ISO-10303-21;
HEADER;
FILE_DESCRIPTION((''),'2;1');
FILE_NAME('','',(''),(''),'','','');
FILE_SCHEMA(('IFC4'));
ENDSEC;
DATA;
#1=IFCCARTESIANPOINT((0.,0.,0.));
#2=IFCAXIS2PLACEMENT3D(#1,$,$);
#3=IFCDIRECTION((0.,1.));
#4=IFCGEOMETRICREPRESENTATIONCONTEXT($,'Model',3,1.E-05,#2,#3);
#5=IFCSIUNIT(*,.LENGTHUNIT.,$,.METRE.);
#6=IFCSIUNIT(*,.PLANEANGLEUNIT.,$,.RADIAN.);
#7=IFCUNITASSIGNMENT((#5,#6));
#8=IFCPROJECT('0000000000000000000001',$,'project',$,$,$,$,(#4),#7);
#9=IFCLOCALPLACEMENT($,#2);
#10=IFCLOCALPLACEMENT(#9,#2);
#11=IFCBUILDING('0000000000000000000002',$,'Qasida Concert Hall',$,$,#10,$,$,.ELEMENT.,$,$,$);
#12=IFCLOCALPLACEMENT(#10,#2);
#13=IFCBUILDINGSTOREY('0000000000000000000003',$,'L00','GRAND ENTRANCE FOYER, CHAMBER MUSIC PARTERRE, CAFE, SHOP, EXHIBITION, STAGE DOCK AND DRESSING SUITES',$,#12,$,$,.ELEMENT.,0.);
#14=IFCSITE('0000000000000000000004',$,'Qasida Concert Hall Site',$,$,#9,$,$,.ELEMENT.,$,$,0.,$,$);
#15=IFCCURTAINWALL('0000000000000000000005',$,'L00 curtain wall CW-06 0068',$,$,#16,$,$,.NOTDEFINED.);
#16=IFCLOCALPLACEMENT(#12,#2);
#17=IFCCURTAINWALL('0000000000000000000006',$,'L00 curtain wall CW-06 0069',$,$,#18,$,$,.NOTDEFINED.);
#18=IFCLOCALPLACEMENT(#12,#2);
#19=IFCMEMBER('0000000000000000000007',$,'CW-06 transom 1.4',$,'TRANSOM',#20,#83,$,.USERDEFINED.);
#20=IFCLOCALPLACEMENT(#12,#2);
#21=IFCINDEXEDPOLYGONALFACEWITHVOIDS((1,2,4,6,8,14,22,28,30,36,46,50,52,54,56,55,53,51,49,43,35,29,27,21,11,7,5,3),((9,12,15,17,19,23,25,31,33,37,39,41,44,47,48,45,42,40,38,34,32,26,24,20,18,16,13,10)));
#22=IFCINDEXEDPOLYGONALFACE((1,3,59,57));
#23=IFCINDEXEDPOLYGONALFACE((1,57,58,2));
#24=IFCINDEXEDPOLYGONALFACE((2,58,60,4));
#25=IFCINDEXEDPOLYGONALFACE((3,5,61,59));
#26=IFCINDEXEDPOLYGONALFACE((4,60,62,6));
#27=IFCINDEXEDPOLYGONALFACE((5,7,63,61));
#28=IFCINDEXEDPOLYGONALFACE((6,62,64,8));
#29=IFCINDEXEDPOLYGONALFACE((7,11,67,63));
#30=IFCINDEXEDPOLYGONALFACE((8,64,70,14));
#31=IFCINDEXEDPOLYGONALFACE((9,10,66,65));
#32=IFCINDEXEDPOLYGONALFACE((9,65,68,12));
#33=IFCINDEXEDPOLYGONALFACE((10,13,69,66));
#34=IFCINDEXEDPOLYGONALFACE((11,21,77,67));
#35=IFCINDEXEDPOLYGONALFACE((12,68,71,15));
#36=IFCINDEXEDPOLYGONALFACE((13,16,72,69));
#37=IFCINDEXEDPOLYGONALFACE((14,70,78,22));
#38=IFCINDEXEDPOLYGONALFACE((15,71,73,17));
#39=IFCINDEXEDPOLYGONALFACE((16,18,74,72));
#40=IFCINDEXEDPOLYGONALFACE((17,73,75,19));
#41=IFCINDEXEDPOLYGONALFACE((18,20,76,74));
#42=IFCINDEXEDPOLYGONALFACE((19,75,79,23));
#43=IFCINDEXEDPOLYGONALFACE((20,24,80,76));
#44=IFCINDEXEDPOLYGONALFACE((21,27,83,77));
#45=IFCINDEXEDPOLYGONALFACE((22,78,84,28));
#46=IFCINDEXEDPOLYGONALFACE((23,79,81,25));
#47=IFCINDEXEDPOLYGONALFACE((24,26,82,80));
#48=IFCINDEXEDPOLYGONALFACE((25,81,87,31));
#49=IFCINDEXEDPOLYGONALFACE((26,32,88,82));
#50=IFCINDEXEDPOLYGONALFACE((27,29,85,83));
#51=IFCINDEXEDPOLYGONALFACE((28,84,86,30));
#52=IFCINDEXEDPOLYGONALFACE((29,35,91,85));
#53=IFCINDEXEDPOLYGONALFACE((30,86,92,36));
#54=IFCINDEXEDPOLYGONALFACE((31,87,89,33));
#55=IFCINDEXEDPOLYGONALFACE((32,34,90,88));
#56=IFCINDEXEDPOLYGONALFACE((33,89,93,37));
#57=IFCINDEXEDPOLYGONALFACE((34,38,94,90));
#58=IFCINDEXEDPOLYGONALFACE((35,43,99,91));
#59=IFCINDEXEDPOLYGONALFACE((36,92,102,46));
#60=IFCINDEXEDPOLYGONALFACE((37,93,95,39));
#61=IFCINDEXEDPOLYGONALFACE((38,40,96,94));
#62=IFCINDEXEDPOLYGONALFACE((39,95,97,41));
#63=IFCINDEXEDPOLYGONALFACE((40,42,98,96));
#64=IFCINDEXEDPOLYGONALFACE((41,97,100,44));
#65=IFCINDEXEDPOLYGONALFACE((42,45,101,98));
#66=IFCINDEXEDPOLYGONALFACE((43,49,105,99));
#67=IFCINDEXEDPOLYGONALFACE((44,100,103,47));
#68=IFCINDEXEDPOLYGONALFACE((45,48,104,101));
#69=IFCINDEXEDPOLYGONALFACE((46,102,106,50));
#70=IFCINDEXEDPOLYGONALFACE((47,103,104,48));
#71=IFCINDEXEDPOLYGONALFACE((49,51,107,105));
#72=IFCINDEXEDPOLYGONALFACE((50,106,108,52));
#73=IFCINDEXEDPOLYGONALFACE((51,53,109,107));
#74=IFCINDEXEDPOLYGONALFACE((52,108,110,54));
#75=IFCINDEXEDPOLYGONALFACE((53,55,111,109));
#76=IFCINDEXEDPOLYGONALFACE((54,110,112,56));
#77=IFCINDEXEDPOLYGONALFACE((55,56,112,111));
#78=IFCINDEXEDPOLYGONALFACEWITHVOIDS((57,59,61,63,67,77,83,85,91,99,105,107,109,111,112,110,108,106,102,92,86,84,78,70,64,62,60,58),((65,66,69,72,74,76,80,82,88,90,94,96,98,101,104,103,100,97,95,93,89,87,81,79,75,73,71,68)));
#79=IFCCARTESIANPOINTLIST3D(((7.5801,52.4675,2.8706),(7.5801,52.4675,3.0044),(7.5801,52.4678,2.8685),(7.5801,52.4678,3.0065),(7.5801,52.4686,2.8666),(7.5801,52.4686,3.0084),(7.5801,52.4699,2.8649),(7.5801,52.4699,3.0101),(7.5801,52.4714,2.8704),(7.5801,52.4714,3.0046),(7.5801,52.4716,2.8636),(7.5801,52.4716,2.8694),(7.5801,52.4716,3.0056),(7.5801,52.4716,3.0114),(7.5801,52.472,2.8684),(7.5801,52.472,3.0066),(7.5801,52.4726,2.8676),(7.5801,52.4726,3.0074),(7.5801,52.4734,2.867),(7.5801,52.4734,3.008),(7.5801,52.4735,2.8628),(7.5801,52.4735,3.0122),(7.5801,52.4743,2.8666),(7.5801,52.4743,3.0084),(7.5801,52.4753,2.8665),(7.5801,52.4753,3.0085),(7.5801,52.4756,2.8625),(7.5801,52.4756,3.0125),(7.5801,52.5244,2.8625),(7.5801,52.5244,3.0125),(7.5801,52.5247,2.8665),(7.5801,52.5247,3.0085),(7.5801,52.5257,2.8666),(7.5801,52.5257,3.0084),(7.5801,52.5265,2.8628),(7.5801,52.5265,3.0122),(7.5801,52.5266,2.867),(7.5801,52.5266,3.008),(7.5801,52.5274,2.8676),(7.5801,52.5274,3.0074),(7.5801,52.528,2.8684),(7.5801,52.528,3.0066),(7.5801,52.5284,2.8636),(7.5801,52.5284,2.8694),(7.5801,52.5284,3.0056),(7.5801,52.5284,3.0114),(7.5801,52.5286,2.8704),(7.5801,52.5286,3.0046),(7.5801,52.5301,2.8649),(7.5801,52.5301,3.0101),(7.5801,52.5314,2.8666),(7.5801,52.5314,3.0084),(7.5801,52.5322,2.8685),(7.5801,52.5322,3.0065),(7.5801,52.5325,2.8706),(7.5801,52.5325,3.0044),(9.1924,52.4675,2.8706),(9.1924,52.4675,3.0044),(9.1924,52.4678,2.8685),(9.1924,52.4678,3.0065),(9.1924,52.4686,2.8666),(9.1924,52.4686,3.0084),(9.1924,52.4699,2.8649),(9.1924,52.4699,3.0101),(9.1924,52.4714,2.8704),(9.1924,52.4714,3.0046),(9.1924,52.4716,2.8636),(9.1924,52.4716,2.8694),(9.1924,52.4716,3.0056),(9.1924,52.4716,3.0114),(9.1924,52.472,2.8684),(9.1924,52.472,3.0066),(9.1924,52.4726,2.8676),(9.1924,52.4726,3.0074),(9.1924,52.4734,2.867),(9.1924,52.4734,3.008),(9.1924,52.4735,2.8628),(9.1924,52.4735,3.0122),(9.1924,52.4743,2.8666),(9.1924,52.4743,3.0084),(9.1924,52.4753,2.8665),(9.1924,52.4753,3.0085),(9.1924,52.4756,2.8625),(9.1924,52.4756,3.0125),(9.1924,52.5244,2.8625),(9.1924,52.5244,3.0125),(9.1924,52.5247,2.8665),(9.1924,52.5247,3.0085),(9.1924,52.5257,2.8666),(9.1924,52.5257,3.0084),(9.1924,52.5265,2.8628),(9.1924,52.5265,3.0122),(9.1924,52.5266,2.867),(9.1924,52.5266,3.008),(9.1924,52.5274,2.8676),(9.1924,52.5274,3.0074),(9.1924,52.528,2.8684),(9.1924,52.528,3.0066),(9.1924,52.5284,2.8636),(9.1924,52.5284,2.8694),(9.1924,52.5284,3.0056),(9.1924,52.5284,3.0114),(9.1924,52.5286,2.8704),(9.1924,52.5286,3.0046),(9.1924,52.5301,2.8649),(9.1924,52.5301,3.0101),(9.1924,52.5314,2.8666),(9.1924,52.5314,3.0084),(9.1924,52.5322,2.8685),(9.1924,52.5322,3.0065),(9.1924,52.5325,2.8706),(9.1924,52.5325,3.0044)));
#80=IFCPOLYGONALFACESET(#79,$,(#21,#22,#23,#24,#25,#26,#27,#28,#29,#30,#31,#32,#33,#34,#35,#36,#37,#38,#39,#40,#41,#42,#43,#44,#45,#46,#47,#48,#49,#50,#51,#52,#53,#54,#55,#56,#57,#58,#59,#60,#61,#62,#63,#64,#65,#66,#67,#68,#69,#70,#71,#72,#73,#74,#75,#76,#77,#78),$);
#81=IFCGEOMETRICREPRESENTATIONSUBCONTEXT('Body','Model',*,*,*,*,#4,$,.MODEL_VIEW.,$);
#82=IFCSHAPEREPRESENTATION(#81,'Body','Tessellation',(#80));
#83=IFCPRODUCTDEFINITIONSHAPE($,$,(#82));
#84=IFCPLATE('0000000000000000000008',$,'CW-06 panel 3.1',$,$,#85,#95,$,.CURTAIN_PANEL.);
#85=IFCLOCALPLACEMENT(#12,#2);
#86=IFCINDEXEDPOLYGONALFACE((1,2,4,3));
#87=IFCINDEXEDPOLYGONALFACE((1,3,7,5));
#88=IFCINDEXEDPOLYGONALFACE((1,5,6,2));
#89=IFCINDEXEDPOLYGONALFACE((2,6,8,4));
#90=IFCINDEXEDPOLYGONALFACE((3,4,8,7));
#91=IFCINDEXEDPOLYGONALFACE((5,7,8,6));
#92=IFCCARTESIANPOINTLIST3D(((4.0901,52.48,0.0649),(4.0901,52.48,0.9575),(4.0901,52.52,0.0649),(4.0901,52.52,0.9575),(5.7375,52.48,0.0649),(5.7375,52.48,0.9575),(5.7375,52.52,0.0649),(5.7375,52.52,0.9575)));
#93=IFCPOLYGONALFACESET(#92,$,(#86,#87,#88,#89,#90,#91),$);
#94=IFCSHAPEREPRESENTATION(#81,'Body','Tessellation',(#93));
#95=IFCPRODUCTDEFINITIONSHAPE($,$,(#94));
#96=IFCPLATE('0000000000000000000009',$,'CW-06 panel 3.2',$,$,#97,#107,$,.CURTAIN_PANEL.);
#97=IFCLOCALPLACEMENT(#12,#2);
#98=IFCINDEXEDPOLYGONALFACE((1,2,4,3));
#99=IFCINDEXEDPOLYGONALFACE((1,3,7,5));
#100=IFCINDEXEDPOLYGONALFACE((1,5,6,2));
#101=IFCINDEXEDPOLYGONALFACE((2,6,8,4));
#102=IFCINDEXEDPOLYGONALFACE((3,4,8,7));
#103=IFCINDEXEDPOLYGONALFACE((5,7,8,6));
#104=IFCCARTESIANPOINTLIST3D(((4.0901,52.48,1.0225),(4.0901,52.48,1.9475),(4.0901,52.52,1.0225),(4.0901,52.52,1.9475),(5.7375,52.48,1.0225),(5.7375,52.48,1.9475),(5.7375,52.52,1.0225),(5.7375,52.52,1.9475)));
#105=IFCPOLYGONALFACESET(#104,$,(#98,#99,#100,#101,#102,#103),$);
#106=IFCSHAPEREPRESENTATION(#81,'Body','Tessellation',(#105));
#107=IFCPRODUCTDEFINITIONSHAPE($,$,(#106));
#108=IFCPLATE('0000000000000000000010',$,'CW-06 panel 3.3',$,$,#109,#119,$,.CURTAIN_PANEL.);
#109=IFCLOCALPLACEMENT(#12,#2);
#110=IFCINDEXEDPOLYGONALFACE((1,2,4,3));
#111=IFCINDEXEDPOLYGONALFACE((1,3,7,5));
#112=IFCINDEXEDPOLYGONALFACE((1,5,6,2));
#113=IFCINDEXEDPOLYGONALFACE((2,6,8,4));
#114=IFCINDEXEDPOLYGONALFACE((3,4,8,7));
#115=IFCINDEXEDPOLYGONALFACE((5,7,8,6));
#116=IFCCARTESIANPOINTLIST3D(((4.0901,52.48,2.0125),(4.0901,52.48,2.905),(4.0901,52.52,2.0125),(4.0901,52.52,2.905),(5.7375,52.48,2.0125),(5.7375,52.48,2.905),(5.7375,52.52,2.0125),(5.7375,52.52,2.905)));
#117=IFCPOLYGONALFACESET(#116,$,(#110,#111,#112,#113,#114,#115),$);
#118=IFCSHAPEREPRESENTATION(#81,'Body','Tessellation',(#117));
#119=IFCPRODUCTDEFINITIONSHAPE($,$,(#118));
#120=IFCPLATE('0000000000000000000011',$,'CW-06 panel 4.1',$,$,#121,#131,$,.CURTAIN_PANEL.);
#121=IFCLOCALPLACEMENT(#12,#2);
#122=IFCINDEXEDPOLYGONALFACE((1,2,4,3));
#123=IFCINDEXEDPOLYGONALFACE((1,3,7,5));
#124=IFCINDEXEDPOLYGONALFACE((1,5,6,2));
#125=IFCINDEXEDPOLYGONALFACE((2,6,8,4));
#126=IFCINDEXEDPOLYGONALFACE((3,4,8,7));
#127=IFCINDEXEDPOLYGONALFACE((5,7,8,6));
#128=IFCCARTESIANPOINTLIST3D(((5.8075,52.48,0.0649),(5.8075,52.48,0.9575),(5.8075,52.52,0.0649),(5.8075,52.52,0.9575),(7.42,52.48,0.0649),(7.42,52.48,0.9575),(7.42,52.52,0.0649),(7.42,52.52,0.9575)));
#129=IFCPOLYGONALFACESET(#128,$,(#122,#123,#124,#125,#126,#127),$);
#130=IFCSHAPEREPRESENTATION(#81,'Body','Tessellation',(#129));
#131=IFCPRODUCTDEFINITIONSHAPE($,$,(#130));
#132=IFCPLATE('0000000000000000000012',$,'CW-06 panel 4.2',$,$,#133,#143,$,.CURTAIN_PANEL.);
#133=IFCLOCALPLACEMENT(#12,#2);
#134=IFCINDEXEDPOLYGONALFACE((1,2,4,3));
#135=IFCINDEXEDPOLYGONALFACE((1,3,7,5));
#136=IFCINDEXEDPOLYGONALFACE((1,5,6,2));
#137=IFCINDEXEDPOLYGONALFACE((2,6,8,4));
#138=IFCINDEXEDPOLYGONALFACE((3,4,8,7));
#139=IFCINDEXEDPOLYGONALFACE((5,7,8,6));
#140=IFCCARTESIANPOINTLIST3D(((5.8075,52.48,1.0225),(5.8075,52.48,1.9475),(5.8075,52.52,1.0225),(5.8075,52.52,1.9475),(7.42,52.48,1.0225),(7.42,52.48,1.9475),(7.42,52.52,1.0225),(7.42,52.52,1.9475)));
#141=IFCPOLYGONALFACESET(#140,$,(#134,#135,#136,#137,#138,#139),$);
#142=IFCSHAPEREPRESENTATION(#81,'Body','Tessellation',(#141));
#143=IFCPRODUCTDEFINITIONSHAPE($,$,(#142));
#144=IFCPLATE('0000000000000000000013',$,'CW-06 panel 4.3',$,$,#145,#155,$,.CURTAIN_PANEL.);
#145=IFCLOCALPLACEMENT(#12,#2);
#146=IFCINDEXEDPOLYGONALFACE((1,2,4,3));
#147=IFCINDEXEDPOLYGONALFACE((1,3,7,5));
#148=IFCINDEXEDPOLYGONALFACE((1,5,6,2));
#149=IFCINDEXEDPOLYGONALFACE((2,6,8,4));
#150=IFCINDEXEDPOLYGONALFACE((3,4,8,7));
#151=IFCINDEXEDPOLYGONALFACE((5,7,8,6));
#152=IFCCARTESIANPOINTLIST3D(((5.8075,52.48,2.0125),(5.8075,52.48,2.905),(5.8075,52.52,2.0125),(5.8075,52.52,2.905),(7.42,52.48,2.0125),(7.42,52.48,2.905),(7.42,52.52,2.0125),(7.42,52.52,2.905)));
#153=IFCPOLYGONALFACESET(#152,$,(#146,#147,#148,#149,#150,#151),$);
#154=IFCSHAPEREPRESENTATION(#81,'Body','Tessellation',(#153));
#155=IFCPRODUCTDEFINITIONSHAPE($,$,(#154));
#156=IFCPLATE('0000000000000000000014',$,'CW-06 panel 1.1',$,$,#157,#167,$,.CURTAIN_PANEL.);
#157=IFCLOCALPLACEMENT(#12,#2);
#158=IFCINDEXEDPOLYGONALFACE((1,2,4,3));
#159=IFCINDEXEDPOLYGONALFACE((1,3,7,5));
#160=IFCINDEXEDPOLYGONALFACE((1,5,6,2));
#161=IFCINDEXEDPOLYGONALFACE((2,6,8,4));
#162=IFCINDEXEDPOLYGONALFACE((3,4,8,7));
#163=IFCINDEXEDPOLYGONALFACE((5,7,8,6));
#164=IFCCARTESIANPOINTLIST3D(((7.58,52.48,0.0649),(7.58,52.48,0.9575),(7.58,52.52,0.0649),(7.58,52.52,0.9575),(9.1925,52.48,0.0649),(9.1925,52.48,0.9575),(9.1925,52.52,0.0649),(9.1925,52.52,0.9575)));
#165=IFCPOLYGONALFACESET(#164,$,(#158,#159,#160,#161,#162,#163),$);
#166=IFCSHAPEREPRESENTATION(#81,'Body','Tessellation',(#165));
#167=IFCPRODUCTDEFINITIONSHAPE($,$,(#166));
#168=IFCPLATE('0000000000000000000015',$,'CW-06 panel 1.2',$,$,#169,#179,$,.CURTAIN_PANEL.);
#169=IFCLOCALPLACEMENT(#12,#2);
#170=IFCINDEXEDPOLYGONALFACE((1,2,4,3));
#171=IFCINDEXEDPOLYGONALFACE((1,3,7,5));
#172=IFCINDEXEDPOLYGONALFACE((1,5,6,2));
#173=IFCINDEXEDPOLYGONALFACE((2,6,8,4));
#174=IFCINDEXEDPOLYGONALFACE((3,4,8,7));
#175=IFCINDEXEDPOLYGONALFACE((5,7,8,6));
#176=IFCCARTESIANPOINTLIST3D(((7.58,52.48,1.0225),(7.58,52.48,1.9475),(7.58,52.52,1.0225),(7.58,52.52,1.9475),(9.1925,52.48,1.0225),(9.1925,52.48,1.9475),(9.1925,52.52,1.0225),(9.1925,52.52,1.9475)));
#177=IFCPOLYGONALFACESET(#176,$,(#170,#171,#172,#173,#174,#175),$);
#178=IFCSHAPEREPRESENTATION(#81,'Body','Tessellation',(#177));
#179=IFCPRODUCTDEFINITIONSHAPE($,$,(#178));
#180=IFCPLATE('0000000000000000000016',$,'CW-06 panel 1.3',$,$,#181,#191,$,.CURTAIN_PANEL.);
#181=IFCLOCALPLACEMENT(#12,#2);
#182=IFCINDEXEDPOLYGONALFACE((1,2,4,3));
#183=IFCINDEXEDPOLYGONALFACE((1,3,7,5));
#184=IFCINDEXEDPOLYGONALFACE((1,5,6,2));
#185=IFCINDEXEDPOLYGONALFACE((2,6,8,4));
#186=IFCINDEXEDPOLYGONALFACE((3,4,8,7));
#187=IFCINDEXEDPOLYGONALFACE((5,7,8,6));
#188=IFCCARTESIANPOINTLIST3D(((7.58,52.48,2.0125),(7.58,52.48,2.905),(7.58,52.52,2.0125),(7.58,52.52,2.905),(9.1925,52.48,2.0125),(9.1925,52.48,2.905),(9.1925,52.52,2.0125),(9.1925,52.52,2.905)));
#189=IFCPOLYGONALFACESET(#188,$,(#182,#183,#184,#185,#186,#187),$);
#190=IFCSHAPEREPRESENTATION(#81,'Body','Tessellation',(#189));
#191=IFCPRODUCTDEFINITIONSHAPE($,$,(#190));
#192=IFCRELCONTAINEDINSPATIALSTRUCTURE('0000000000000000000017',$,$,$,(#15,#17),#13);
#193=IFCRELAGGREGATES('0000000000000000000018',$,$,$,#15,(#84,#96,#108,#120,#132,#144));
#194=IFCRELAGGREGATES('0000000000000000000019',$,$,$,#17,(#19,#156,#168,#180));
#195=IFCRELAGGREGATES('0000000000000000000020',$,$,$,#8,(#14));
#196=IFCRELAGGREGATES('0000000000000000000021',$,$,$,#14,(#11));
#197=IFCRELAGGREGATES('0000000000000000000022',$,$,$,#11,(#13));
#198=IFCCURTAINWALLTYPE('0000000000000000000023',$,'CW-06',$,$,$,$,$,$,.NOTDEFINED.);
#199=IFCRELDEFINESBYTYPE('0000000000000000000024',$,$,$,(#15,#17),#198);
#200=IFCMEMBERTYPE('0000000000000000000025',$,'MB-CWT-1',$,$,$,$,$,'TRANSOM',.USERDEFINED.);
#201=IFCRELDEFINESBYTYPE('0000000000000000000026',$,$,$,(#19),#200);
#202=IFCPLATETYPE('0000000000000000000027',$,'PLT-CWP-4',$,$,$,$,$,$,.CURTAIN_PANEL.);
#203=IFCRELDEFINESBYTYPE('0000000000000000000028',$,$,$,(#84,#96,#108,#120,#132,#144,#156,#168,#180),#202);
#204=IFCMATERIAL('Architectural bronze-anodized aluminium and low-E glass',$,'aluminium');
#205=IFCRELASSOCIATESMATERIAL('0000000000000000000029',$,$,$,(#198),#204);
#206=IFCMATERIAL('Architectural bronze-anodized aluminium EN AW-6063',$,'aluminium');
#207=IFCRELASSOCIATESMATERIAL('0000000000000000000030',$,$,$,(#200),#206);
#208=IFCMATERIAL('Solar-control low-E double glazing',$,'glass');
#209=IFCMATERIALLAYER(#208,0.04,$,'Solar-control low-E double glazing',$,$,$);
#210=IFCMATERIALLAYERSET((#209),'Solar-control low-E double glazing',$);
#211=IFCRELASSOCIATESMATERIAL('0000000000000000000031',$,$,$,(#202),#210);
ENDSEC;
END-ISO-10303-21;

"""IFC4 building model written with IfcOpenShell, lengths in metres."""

from ifc_helpers import new_model, si_unit, direction, frame, origin, origin_2d, place, context, subcontext, project, spatial, rectangle, hollow_rectangle, extrude, material, layer, layer_set, material_profile, profile_set, type_object, element, aggregate, save


model = new_model("IFC4")

# Units and contexts
model_context = context("Model", 3, precision=1e-05, world=origin(), true_north=direction((0.0, 1.0)))
body_context = subcontext(model_context, "Body", "Model", "MODEL_VIEW")
ifc_project = project(units=[si_unit("LENGTHUNIT", "METRE"), si_unit("PLANEANGLEUNIT", "RADIAN")], contexts=[model_context])

# Site, building, storey
site_placement = place(None, origin())
site = spatial("IfcSite", under=ifc_project, at=site_placement, Name="Qasida Concert Hall Site", CompositionType="ELEMENT", RefElevation=0.0)
building_placement = place(site_placement, origin())
building = spatial("IfcBuilding", under=site, at=building_placement, Name="Qasida Concert Hall", CompositionType="ELEMENT")
storey_placement = place(building_placement, origin())
storey = spatial("IfcBuildingStorey", under=building, at=storey_placement, Name="L00", Description="GRAND ENTRANCE FOYER, CHAMBER MUSIC PARTERRE, CAFE, SHOP, EXHIBITION, STAGE DOCK AND DRESSING SUITES", CompositionType="ELEMENT", Elevation=0.0)

# Curtain wall
ifc_material_1 = material(Name="Architectural bronze-anodized aluminium and low-E glass", Category="aluminium")
curtain_wall_type = type_object("IfcCurtainWallType", Name="CW-06", PredefinedType="NOTDEFINED", material=ifc_material_1)
curtain_wall_1_placement = place(storey_placement, origin())
curtain_wall_1 = element("IfcCurtainWall", 1, at=curtain_wall_1_placement, inside=storey, type_object=curtain_wall_type, Name="L00 curtain wall CW-06 0068", PredefinedType="NOTDEFINED")
ifc_material_2 = material(Name="Architectural bronze-anodized aluminium EN AW-6063", Category="aluminium")

# Curtain wall
curtain_wall_2_placement = place(storey_placement, origin())
curtain_wall_2 = element("IfcCurtainWall", 2, at=curtain_wall_2_placement, inside=storey, type_object=curtain_wall_type, Name="L00 curtain wall CW-06 0069", PredefinedType="NOTDEFINED")

# Member
ifc_material_profile_1 = material_profile(ifc_material_2, hollow_rectangle(XDim=0.0649, YDim=0.1499, WallThickness=0.0039, InnerFilletRadius=0.0039, OuterFilletRadius=0.0081, at=origin_2d()), Name="CWT 150x65x4")
ifc_profile_set_1 = profile_set([ifc_material_profile_1], Name="Architectural bronze-anodized aluminium EN AW-6063")
member_type_1 = type_object("IfcMemberType", Name="MB-CWT-1", ElementType="TRANSOM", PredefinedType="USERDEFINED", material=ifc_profile_set_1)
member_1_placement = place(storey_placement, frame((7.5801, 52.5, 2.9375), z_axis=(1.0, 0.0, 0.0), x_axis=(0.0, 1.0, 0.0)))
member_1 = element("IfcMember", 3, at=member_1_placement, type_object=member_type_1, Name="CW-06 transom 1.4", ObjectType="TRANSOM", PredefinedType="USERDEFINED", context=body_context, shape_type="SweptSolid", body=[
    extrude(hollow_rectangle(XDim=0.0649, YDim=0.1499, WallThickness=0.0039, InnerFilletRadius=0.0039, OuterFilletRadius=0.0081, at=origin_2d()), origin(), (0.0, 0.0, 1.0), 1.6123),
])

# Plates
ifc_material_3 = material(Name="Solar-control low-E double glazing", Category="glass")
ifc_layer = layer(ifc_material_3, 0.04, Name="Solar-control low-E double glazing")
ifc_layer_set = layer_set([ifc_layer], Name="Solar-control low-E double glazing")
plate_type = type_object("IfcPlateType", Name="PLT-CWP-4", PredefinedType="CURTAIN_PANEL", material=ifc_layer_set)
plate_1_placement = place(storey_placement, frame((4.9138, 52.5, 0.0649), z_axis=(0.0, 0.0, 1.0), x_axis=(1.0, 0.0, 0.0)))
plate_1 = element("IfcPlate", 4, at=plate_1_placement, type_object=plate_type, Name="CW-06 panel 3.1", PredefinedType="CURTAIN_PANEL", context=body_context, shape_type="SweptSolid", body=[
    extrude(rectangle(XDim=1.6475, YDim=0.04, at=origin_2d()), origin(), (0.0, 0.0, 1.0), 0.8926),
])
plate_2_placement = place(storey_placement, frame((4.9138, 52.5, 1.0225), z_axis=(0.0, 0.0, 1.0), x_axis=(1.0, 0.0, 0.0)))
plate_2 = element("IfcPlate", 5, at=plate_2_placement, type_object=plate_type, Name="CW-06 panel 3.2", PredefinedType="CURTAIN_PANEL", context=body_context, shape_type="SweptSolid", body=[
    extrude(rectangle(XDim=1.6475, YDim=0.04, at=origin_2d()), origin(), (0.0, 0.0, 1.0), 0.925),
])
plate_3_placement = place(storey_placement, frame((4.9138, 52.5, 2.0125), z_axis=(0.0, 0.0, 1.0), x_axis=(1.0, 0.0, 0.0)))
plate_3 = element("IfcPlate", 6, at=plate_3_placement, type_object=plate_type, Name="CW-06 panel 3.3", PredefinedType="CURTAIN_PANEL", context=body_context, shape_type="SweptSolid", body=[
    extrude(rectangle(XDim=1.6475, YDim=0.04, at=origin_2d()), origin(), (0.0, 0.0, 1.0), 0.8926),
])
plate_4_placement = place(storey_placement, frame((6.6138, 52.5, 0.0649), z_axis=(0.0, 0.0, 1.0), x_axis=(1.0, 0.0, 0.0)))
plate_4 = element("IfcPlate", 7, at=plate_4_placement, type_object=plate_type, Name="CW-06 panel 4.1", PredefinedType="CURTAIN_PANEL", context=body_context, shape_type="SweptSolid", body=[
    extrude(rectangle(XDim=1.6125, YDim=0.04, at=origin_2d()), origin(), (0.0, 0.0, 1.0), 0.8926),
])
plate_5_placement = place(storey_placement, frame((6.6138, 52.5, 1.0225), z_axis=(0.0, 0.0, 1.0), x_axis=(1.0, 0.0, 0.0)))
plate_5 = element("IfcPlate", 8, at=plate_5_placement, type_object=plate_type, Name="CW-06 panel 4.2", PredefinedType="CURTAIN_PANEL", context=body_context, shape_type="SweptSolid", body=[
    extrude(rectangle(XDim=1.6125, YDim=0.04, at=origin_2d()), origin(), (0.0, 0.0, 1.0), 0.925),
])
plate_6_placement = place(storey_placement, frame((6.6138, 52.5, 2.0125), z_axis=(0.0, 0.0, 1.0), x_axis=(1.0, 0.0, 0.0)))
plate_6 = element("IfcPlate", 9, at=plate_6_placement, type_object=plate_type, Name="CW-06 panel 4.3", PredefinedType="CURTAIN_PANEL", context=body_context, shape_type="SweptSolid", body=[
    extrude(rectangle(XDim=1.6125, YDim=0.04, at=origin_2d()), origin(), (0.0, 0.0, 1.0), 0.8926),
])
aggregate(curtain_wall_1, [plate_1, plate_2, plate_3, plate_4, plate_5, plate_6])
plate_7_placement = place(storey_placement, frame((8.3862, 52.5, 0.0649), z_axis=(0.0, 0.0, 1.0), x_axis=(1.0, 0.0, 0.0)))
plate_7 = element("IfcPlate", 10, at=plate_7_placement, type_object=plate_type, Name="CW-06 panel 1.1", PredefinedType="CURTAIN_PANEL", context=body_context, shape_type="SweptSolid", body=[
    extrude(rectangle(XDim=1.6125, YDim=0.04, at=origin_2d()), origin(), (0.0, 0.0, 1.0), 0.8926),
])
plate_8_placement = place(storey_placement, frame((8.3862, 52.5, 1.0225), z_axis=(0.0, 0.0, 1.0), x_axis=(1.0, 0.0, 0.0)))
plate_8 = element("IfcPlate", 11, at=plate_8_placement, type_object=plate_type, Name="CW-06 panel 1.2", PredefinedType="CURTAIN_PANEL", context=body_context, shape_type="SweptSolid", body=[
    extrude(rectangle(XDim=1.6125, YDim=0.04, at=origin_2d()), origin(), (0.0, 0.0, 1.0), 0.925),
])
plate_9_placement = place(storey_placement, frame((8.3862, 52.5, 2.0125), z_axis=(0.0, 0.0, 1.0), x_axis=(1.0, 0.0, 0.0)))
plate_9 = element("IfcPlate", 12, at=plate_9_placement, type_object=plate_type, Name="CW-06 panel 1.3", PredefinedType="CURTAIN_PANEL", context=body_context, shape_type="SweptSolid", body=[
    extrude(rectangle(XDim=1.6125, YDim=0.04, at=origin_2d()), origin(), (0.0, 0.0, 1.0), 0.8926),
])
aggregate(curtain_wall_2, [member_1, plate_7, plate_8, plate_9])

save(model, "model.ifc")
